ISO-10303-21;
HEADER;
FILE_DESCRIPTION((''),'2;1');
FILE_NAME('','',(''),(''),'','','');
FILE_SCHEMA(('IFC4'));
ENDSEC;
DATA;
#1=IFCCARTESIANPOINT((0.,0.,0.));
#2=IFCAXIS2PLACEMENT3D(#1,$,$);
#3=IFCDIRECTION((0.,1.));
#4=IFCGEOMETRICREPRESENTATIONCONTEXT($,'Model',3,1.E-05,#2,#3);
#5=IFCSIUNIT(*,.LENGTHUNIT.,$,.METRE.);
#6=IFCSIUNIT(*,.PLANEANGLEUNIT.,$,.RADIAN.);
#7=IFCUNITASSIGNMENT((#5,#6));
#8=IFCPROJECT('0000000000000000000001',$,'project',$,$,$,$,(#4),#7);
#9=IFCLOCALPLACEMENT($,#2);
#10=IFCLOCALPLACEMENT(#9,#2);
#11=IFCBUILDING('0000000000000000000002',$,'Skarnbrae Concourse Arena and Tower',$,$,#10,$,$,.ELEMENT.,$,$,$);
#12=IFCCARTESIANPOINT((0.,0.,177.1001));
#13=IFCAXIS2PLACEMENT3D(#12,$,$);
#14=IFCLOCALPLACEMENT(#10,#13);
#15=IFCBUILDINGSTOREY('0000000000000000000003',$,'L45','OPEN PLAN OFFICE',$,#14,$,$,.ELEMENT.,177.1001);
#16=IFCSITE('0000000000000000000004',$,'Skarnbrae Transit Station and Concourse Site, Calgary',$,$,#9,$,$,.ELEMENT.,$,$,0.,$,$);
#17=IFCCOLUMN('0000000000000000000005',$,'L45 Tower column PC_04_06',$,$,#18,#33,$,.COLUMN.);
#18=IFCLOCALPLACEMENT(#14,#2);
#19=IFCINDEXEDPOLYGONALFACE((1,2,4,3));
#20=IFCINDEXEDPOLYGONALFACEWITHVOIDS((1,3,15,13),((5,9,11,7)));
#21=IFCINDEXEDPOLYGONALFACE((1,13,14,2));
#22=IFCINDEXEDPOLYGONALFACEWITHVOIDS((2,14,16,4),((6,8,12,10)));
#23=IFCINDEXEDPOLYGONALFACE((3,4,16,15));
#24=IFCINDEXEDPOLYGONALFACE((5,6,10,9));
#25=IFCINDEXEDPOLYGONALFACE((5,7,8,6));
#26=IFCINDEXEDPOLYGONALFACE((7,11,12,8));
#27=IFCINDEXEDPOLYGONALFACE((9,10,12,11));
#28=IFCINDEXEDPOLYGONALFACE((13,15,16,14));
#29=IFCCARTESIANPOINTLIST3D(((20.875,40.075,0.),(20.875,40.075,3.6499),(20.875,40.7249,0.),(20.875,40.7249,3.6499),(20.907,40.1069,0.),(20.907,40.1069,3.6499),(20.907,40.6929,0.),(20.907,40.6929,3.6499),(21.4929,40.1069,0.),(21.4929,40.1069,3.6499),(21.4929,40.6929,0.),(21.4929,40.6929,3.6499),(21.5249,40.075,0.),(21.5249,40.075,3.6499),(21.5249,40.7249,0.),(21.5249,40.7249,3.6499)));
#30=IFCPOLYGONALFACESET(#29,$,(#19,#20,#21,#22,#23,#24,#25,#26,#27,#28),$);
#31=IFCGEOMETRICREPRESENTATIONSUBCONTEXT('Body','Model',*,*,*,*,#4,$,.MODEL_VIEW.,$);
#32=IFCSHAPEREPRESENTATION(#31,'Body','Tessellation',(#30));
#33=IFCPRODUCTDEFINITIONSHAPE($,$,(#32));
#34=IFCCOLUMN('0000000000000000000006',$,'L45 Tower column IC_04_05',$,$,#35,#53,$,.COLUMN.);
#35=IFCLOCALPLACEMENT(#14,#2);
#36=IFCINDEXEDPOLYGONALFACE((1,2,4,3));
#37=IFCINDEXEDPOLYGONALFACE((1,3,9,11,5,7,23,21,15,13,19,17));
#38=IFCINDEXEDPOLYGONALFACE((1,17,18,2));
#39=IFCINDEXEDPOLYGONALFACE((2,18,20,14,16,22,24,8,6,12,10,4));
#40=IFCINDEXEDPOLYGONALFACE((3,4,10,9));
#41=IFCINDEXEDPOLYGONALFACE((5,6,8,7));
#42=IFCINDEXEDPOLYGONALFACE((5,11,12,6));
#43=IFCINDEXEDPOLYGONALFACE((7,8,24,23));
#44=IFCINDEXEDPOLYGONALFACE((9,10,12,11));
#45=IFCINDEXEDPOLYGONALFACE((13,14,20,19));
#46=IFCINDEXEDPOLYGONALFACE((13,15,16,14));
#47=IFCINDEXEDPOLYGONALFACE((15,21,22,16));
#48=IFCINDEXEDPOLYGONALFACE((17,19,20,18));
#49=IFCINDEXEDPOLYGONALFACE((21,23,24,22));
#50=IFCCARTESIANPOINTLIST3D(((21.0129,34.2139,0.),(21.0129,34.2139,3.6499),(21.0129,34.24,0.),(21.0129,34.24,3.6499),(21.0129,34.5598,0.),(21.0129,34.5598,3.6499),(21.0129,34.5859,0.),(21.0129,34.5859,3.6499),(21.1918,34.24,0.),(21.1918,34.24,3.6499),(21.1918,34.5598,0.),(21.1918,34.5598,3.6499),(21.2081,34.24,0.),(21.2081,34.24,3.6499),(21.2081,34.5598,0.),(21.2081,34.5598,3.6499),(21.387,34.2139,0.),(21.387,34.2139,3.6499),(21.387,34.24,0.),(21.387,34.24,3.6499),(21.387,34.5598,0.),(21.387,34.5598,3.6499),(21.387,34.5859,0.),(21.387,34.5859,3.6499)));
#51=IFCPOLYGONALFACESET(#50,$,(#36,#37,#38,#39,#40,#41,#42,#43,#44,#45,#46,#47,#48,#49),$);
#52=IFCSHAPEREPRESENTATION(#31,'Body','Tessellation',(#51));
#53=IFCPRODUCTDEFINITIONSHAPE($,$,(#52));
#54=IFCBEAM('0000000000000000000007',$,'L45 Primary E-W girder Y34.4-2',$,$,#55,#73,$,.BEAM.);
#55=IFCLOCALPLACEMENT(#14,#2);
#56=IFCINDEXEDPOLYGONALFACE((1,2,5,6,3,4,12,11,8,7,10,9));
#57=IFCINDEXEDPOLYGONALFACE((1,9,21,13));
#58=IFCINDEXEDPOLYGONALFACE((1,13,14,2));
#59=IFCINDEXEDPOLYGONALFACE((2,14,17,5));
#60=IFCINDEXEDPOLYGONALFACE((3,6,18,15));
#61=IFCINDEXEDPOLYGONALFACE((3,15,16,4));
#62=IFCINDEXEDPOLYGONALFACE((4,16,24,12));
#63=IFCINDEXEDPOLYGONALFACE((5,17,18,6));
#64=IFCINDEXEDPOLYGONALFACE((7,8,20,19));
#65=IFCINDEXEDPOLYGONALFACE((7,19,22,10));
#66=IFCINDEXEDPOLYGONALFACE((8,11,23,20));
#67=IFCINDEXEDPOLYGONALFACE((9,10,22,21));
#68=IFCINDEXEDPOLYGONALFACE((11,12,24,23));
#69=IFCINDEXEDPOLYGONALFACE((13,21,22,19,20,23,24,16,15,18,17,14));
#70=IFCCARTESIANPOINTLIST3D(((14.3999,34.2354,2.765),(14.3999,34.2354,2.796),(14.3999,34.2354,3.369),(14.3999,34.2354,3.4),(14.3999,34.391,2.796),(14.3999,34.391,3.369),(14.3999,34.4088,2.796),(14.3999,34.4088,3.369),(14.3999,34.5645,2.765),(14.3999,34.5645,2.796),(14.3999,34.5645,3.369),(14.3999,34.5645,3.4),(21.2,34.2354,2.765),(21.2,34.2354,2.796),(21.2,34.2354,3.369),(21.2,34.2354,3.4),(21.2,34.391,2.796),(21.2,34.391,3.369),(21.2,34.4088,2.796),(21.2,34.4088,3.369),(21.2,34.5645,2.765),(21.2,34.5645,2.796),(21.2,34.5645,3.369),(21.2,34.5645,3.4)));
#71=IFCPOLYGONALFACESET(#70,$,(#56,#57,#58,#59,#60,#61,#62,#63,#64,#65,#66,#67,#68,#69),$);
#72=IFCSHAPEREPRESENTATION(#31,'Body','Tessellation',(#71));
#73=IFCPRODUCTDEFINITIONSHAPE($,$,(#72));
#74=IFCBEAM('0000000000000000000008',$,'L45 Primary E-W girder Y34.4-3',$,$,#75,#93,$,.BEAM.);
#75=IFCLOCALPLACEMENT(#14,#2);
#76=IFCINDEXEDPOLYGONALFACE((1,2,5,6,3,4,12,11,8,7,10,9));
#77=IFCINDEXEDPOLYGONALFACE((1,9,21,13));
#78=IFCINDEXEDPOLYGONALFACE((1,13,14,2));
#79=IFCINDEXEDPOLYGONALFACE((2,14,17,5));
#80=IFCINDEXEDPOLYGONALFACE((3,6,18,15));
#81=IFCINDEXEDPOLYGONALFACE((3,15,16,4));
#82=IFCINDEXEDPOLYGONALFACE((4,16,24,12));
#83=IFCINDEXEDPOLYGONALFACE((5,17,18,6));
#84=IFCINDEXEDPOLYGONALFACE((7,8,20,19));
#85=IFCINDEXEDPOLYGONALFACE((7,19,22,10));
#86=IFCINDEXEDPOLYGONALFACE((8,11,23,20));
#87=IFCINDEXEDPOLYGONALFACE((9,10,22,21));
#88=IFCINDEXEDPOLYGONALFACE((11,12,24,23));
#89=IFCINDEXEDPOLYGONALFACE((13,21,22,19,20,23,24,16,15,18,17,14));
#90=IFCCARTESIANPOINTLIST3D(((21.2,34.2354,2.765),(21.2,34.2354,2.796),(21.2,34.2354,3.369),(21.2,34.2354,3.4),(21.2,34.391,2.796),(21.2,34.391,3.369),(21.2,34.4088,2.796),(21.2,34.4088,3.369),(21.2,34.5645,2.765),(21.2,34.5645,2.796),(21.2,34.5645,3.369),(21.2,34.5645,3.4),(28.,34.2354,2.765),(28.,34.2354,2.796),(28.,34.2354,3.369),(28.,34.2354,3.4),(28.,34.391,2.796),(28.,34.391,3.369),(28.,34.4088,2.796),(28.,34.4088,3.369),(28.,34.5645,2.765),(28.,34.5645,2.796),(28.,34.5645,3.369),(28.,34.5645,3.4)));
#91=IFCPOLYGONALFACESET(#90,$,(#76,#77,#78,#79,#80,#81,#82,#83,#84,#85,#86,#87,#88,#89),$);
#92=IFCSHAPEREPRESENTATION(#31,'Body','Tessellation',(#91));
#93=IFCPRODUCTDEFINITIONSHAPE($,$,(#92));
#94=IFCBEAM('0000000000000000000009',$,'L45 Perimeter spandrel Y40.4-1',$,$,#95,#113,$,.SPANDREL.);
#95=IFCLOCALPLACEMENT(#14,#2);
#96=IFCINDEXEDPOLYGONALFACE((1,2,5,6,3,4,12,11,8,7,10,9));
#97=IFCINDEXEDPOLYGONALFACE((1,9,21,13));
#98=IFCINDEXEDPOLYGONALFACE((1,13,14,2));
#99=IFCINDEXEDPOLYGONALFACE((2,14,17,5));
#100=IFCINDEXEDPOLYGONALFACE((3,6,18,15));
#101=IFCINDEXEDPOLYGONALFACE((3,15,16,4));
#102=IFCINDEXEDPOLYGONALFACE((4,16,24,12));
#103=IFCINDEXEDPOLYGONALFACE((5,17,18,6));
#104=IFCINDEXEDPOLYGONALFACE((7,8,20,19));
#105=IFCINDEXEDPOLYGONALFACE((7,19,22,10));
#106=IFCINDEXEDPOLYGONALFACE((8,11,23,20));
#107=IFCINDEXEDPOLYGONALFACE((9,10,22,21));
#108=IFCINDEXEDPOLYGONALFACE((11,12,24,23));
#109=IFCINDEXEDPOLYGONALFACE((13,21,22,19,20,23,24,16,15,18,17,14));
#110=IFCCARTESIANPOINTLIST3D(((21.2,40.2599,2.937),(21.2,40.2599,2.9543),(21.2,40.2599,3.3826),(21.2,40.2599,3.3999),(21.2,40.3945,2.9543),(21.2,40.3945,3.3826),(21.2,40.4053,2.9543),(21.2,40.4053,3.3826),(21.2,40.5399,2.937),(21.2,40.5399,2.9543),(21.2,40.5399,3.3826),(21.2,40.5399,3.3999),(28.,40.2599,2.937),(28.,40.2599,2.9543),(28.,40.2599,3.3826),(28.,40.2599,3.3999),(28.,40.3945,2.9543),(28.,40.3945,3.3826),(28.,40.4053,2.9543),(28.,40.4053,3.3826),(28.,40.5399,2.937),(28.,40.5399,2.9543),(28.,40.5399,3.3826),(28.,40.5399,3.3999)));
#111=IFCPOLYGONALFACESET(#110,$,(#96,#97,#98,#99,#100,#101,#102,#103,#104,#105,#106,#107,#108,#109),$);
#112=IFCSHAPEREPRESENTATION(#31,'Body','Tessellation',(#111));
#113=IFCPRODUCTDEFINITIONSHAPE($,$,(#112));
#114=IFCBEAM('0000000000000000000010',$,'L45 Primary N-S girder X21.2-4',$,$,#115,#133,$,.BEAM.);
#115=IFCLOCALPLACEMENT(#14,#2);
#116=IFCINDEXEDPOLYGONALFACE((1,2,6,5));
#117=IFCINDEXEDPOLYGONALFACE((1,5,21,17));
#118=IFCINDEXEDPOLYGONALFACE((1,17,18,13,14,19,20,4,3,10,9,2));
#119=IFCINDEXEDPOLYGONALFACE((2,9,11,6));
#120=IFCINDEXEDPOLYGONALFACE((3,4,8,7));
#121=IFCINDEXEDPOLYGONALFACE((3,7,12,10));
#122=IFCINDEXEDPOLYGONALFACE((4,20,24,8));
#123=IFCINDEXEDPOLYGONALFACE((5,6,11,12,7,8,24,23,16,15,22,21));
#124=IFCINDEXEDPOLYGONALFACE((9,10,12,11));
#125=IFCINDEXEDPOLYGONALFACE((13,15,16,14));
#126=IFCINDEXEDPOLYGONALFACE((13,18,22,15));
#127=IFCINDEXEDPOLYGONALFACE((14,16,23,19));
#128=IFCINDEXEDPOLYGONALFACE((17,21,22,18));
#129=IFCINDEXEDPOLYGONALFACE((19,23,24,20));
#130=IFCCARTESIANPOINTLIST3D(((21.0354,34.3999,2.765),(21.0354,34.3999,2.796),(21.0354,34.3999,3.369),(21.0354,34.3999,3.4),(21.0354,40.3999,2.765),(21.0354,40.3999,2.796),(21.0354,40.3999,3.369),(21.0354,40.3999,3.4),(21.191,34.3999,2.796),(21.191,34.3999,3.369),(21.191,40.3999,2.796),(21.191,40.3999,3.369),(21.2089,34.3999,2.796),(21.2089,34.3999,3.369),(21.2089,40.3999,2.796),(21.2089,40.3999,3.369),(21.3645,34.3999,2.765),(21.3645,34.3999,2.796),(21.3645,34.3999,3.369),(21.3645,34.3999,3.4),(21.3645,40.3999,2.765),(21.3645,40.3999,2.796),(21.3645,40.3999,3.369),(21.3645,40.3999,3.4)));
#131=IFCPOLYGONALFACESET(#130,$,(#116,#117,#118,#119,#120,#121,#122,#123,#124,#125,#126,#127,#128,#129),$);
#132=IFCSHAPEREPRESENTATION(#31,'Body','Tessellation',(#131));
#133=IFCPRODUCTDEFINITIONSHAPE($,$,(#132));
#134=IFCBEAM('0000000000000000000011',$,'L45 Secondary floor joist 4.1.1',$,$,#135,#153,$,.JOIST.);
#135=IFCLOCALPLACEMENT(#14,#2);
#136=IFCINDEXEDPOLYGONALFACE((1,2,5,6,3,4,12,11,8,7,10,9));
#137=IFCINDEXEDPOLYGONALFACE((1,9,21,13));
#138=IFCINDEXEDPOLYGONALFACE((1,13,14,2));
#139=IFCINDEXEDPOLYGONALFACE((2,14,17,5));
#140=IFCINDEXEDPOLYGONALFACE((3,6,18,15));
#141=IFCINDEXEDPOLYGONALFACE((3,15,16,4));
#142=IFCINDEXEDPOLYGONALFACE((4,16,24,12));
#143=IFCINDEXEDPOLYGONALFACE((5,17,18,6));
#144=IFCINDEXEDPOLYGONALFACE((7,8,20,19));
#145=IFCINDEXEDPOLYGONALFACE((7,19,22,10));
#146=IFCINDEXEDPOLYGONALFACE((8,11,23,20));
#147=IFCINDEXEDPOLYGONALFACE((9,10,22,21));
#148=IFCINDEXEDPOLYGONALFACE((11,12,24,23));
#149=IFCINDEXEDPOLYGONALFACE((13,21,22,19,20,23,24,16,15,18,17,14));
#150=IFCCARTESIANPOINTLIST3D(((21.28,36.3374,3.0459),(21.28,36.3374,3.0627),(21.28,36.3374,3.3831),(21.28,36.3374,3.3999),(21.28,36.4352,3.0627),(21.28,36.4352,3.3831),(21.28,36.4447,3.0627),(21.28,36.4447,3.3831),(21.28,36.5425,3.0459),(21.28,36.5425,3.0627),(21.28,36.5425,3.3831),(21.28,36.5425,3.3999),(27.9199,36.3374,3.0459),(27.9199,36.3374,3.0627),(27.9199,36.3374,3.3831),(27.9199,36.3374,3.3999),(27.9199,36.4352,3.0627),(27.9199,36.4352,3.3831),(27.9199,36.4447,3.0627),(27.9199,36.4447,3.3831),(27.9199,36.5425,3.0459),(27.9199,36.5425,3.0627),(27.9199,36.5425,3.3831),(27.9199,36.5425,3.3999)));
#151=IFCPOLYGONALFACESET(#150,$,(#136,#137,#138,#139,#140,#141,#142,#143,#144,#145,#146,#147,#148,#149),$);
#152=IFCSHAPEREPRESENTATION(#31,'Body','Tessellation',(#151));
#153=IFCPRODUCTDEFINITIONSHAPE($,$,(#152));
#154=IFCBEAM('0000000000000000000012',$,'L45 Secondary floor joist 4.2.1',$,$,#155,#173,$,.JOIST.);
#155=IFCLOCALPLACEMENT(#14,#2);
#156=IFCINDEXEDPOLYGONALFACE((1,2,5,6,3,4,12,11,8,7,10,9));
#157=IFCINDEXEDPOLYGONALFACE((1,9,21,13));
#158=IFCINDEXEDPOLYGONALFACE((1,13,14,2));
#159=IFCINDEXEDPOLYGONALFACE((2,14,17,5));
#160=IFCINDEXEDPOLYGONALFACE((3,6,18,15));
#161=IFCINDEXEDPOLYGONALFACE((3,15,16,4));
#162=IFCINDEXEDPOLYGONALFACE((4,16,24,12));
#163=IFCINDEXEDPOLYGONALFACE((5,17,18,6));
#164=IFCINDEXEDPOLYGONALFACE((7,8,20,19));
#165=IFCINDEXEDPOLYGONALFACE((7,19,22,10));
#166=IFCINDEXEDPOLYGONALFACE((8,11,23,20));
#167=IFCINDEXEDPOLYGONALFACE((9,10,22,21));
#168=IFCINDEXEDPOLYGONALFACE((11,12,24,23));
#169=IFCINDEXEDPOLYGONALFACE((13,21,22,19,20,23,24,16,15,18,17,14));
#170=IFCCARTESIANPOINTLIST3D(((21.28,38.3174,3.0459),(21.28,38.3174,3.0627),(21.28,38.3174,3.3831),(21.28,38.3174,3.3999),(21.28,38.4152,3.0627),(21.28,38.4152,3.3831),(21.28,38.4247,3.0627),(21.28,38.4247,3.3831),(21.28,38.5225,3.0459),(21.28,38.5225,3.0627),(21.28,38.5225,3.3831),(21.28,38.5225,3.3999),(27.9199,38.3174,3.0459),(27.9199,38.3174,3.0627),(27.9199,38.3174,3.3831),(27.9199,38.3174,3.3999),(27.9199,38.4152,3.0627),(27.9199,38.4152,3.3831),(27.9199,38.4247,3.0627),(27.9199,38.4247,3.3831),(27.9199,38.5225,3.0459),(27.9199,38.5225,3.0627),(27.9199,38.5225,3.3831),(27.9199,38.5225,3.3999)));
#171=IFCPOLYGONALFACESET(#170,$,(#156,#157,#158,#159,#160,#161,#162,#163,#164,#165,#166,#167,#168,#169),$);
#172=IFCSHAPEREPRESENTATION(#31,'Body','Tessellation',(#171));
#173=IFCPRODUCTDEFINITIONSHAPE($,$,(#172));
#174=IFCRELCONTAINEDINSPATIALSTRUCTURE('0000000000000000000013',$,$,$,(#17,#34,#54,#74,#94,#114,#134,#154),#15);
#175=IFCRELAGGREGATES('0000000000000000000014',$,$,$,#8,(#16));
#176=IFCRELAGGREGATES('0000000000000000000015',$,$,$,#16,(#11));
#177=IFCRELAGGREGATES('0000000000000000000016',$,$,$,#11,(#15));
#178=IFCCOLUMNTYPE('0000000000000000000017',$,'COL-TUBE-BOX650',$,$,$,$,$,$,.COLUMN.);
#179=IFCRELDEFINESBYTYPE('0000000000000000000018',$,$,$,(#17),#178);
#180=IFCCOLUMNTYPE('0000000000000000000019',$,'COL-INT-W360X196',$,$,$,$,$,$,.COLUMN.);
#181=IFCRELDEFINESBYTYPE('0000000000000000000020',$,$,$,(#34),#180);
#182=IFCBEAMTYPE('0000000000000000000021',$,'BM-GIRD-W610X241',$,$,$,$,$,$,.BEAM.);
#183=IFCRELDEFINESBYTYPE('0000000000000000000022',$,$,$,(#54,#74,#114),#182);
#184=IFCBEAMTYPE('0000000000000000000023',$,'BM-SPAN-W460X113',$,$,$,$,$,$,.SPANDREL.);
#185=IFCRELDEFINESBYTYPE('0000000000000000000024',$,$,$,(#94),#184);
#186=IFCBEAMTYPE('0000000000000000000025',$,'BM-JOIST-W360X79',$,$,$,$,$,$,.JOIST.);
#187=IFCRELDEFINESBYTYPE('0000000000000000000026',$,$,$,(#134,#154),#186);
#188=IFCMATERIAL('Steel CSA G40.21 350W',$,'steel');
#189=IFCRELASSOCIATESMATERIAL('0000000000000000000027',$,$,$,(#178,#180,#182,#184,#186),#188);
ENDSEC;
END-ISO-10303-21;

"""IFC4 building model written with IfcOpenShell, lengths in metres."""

from ifc_helpers import new_model, si_unit, direction, frame, origin, origin_2d, place, context, subcontext, project, spatial, hollow_rectangle, i_section, extrude, source, transform, mapped, material, material_profile, profile_set, type_object, element, save


model = new_model("IFC4")

# Units and contexts
model_context = context("Model", 3, precision=1e-05, world=origin(), true_north=direction((0.0, 1.0)))
body_context = subcontext(model_context, "Body", "Model", "MODEL_VIEW")
ifc_project = project(units=[si_unit("LENGTHUNIT", "METRE"), si_unit("PLANEANGLEUNIT", "RADIAN")], contexts=[model_context])

# Site, building, storey
site_placement = place(None, origin())
site = spatial("IfcSite", under=ifc_project, at=site_placement, Name="Skarnbrae Transit Station and Concourse Site, Calgary", CompositionType="ELEMENT", RefElevation=0.0)
building_placement = place(site_placement, origin())
building = spatial("IfcBuilding", under=site, at=building_placement, Name="Skarnbrae Concourse Arena and Tower", CompositionType="ELEMENT")
storey_placement = place(building_placement, frame((0.0, 0.0, 177.1001)))
storey = spatial("IfcBuildingStorey", under=building, at=storey_placement, Name="L45", Description="OPEN PLAN OFFICE", CompositionType="ELEMENT", Elevation=177.1001)

# Columns
ifc_material_1 = material(Name="Steel CSA G40.21 350W", Category="steel")
ifc_material_profile_1 = material_profile(ifc_material_1, hollow_rectangle(XDim=0.6499, YDim=0.6499, WallThickness=0.032, at=origin_2d()), Name="BOX650X650X32")
ifc_profile_set_1 = profile_set([ifc_material_profile_1], Name="Steel CSA G40.21 350W")
column_type_1 = type_object("IfcColumnType", Name="COL-TUBE-BOX650", PredefinedType="COLUMN", material=ifc_profile_set_1)
shared_shape_1 = source(origin(), body_context, "Body", "SweptSolid", [
    extrude(hollow_rectangle(XDim=0.6499, YDim=0.6499, WallThickness=0.032, at=origin_2d()), origin(), (0.0, 0.0, 1.0), 3.6499),
])
column_1_placement = place(storey_placement, frame((21.2, 40.3999, 0.0), z_axis=(0.0, 0.0, 1.0), x_axis=(1.0, 0.0, 0.0)))
element("IfcColumn", 1, at=column_1_placement, inside=storey, type_object=column_type_1, Name="L45 Tower column PC_04_06", PredefinedType="COLUMN", context=body_context, shape_type="MappedRepresentation", body=[
    mapped(shared_shape_1, transform((0.0, 0.0, 0.0))),
])
ifc_material_profile_2 = material_profile(ifc_material_1, i_section(OverallWidth=0.374, OverallDepth=0.3721, WebThickness=0.0164, FlangeThickness=0.0261, at=origin_2d()), Name="W360X196")
ifc_profile_set_2 = profile_set([ifc_material_profile_2], Name="Steel CSA G40.21 350W")
column_type_2 = type_object("IfcColumnType", Name="COL-INT-W360X196", PredefinedType="COLUMN", material=ifc_profile_set_2)
shared_shape_2 = source(origin(), body_context, "Body", "SweptSolid", [
    extrude(i_section(OverallWidth=0.374, OverallDepth=0.3721, WebThickness=0.0164, FlangeThickness=0.0261, at=origin_2d()), origin(), (0.0, 0.0, 1.0), 3.6499),
])
column_2_placement = place(storey_placement, frame((21.2, 34.3999, 0.0), z_axis=(0.0, 0.0, 1.0), x_axis=(1.0, 0.0, 0.0)))
element("IfcColumn", 2, at=column_2_placement, inside=storey, type_object=column_type_2, Name="L45 Tower column IC_04_05", PredefinedType="COLUMN", context=body_context, shape_type="MappedRepresentation", body=[
    mapped(shared_shape_2, transform((0.0, 0.0, 0.0))),
])

# Beams
ifc_material_profile_3 = material_profile(ifc_material_1, i_section(OverallWidth=0.3291, OverallDepth=0.635, WebThickness=0.0178, FlangeThickness=0.031, at=origin_2d()), Name="W610X241")
ifc_profile_set_3 = profile_set([ifc_material_profile_3], Name="Steel CSA G40.21 350W")
beam_type_1 = type_object("IfcBeamType", Name="BM-GIRD-W610X241", PredefinedType="BEAM", material=ifc_profile_set_3)
shared_shape_3 = source(origin(), body_context, "Body", "SweptSolid", [
    extrude(i_section(OverallWidth=0.3291, OverallDepth=0.635, WebThickness=0.0178, FlangeThickness=0.031, at=origin_2d()), origin(), (0.0, 0.0, 1.0), 6.8),
])
for number, where, z_axis, x_axis, name in (
    (3, (14.3999, 34.3999, 3.0825), (1.0, 0.0, 0.0), (0.0, 1.0, 0.0), "L45 Primary E-W girder Y34.4-2"),
    (4, (21.2, 34.3999, 3.0825), (1.0, 0.0, 0.0), (0.0, 1.0, 0.0), "L45 Primary E-W girder Y34.4-3"),
):
    element("IfcBeam", number, at=place(storey_placement, frame(where, z_axis=z_axis, x_axis=x_axis)), inside=storey, type_object=beam_type_1, Name=name, PredefinedType="BEAM", context=body_context, shape_type="MappedRepresentation", body=[
        mapped(shared_shape_3, transform((0.0, 0.0, 0.0))),
    ])
ifc_material_profile_4 = material_profile(ifc_material_1, i_section(OverallWidth=0.28, OverallDepth=0.4629, WebThickness=0.0107, FlangeThickness=0.0173, at=origin_2d()), Name="W460X113")
ifc_profile_set_4 = profile_set([ifc_material_profile_4], Name="Steel CSA G40.21 350W")
beam_type_2 = type_object("IfcBeamType", Name="BM-SPAN-W460X113", PredefinedType="SPANDREL", material=ifc_profile_set_4)
shared_shape_4 = source(origin(), body_context, "Body", "SweptSolid", [
    extrude(i_section(OverallWidth=0.28, OverallDepth=0.4629, WebThickness=0.0107, FlangeThickness=0.0173, at=origin_2d()), origin(), (0.0, 0.0, 1.0), 6.8),
])
beam_1_placement = place(storey_placement, frame((21.2, 40.3999, 3.1685), z_axis=(1.0, 0.0, 0.0), x_axis=(0.0, 1.0, 0.0)))
element("IfcBeam", 5, at=beam_1_placement, inside=storey, type_object=beam_type_2, Name="L45 Perimeter spandrel Y40.4-1", PredefinedType="SPANDREL", context=body_context, shape_type="MappedRepresentation", body=[
    mapped(shared_shape_4, transform((0.0, 0.0, 0.0))),
])
shared_shape_5 = source(origin(), body_context, "Body", "SweptSolid", [
    extrude(i_section(OverallWidth=0.3291, OverallDepth=0.635, WebThickness=0.0178, FlangeThickness=0.031, at=origin_2d()), origin(), (0.0, 0.0, 1.0), 6.0),
])
beam_2_placement = place(storey_placement, frame((21.2, 34.3999, 3.0825), z_axis=(0.0, 1.0, 0.0), x_axis=(-1.0, 0.0, 0.0)))
element("IfcBeam", 6, at=beam_2_placement, inside=storey, type_object=beam_type_1, Name="L45 Primary N-S girder X21.2-4", PredefinedType="BEAM", context=body_context, shape_type="MappedRepresentation", body=[
    mapped(shared_shape_5, transform((0.0, 0.0, 0.0))),
])
ifc_material_profile_5 = material_profile(ifc_material_1, i_section(OverallWidth=0.2051, OverallDepth=0.354, WebThickness=0.0095, FlangeThickness=0.0168, at=origin_2d()), Name="W360X79")
ifc_profile_set_5 = profile_set([ifc_material_profile_5], Name="Steel CSA G40.21 350W")
beam_type_3 = type_object("IfcBeamType", Name="BM-JOIST-W360X79", PredefinedType="JOIST", material=ifc_profile_set_5)
shared_shape_6 = source(origin(), body_context, "Body", "SweptSolid", [
    extrude(i_section(OverallWidth=0.2051, OverallDepth=0.354, WebThickness=0.0095, FlangeThickness=0.0168, at=origin_2d()), origin(), (0.0, 0.0, 1.0), 6.6399),
])
for number, where, z_axis, x_axis, name in (
    (7, (21.28, 36.4399, 3.2229), (1.0, 0.0, 0.0), (0.0, 1.0, 0.0), "L45 Secondary floor joist 4.1.1"),
    (8, (21.28, 38.4199, 3.2229), (1.0, 0.0, 0.0), (0.0, 1.0, 0.0), "L45 Secondary floor joist 4.2.1"),
):
    element("IfcBeam", number, at=place(storey_placement, frame(where, z_axis=z_axis, x_axis=x_axis)), inside=storey, type_object=beam_type_3, Name=name, PredefinedType="JOIST", context=body_context, shape_type="MappedRepresentation", body=[
        mapped(shared_shape_6, transform((0.0, 0.0, 0.0))),
    ])

save(model, "model.ifc")
